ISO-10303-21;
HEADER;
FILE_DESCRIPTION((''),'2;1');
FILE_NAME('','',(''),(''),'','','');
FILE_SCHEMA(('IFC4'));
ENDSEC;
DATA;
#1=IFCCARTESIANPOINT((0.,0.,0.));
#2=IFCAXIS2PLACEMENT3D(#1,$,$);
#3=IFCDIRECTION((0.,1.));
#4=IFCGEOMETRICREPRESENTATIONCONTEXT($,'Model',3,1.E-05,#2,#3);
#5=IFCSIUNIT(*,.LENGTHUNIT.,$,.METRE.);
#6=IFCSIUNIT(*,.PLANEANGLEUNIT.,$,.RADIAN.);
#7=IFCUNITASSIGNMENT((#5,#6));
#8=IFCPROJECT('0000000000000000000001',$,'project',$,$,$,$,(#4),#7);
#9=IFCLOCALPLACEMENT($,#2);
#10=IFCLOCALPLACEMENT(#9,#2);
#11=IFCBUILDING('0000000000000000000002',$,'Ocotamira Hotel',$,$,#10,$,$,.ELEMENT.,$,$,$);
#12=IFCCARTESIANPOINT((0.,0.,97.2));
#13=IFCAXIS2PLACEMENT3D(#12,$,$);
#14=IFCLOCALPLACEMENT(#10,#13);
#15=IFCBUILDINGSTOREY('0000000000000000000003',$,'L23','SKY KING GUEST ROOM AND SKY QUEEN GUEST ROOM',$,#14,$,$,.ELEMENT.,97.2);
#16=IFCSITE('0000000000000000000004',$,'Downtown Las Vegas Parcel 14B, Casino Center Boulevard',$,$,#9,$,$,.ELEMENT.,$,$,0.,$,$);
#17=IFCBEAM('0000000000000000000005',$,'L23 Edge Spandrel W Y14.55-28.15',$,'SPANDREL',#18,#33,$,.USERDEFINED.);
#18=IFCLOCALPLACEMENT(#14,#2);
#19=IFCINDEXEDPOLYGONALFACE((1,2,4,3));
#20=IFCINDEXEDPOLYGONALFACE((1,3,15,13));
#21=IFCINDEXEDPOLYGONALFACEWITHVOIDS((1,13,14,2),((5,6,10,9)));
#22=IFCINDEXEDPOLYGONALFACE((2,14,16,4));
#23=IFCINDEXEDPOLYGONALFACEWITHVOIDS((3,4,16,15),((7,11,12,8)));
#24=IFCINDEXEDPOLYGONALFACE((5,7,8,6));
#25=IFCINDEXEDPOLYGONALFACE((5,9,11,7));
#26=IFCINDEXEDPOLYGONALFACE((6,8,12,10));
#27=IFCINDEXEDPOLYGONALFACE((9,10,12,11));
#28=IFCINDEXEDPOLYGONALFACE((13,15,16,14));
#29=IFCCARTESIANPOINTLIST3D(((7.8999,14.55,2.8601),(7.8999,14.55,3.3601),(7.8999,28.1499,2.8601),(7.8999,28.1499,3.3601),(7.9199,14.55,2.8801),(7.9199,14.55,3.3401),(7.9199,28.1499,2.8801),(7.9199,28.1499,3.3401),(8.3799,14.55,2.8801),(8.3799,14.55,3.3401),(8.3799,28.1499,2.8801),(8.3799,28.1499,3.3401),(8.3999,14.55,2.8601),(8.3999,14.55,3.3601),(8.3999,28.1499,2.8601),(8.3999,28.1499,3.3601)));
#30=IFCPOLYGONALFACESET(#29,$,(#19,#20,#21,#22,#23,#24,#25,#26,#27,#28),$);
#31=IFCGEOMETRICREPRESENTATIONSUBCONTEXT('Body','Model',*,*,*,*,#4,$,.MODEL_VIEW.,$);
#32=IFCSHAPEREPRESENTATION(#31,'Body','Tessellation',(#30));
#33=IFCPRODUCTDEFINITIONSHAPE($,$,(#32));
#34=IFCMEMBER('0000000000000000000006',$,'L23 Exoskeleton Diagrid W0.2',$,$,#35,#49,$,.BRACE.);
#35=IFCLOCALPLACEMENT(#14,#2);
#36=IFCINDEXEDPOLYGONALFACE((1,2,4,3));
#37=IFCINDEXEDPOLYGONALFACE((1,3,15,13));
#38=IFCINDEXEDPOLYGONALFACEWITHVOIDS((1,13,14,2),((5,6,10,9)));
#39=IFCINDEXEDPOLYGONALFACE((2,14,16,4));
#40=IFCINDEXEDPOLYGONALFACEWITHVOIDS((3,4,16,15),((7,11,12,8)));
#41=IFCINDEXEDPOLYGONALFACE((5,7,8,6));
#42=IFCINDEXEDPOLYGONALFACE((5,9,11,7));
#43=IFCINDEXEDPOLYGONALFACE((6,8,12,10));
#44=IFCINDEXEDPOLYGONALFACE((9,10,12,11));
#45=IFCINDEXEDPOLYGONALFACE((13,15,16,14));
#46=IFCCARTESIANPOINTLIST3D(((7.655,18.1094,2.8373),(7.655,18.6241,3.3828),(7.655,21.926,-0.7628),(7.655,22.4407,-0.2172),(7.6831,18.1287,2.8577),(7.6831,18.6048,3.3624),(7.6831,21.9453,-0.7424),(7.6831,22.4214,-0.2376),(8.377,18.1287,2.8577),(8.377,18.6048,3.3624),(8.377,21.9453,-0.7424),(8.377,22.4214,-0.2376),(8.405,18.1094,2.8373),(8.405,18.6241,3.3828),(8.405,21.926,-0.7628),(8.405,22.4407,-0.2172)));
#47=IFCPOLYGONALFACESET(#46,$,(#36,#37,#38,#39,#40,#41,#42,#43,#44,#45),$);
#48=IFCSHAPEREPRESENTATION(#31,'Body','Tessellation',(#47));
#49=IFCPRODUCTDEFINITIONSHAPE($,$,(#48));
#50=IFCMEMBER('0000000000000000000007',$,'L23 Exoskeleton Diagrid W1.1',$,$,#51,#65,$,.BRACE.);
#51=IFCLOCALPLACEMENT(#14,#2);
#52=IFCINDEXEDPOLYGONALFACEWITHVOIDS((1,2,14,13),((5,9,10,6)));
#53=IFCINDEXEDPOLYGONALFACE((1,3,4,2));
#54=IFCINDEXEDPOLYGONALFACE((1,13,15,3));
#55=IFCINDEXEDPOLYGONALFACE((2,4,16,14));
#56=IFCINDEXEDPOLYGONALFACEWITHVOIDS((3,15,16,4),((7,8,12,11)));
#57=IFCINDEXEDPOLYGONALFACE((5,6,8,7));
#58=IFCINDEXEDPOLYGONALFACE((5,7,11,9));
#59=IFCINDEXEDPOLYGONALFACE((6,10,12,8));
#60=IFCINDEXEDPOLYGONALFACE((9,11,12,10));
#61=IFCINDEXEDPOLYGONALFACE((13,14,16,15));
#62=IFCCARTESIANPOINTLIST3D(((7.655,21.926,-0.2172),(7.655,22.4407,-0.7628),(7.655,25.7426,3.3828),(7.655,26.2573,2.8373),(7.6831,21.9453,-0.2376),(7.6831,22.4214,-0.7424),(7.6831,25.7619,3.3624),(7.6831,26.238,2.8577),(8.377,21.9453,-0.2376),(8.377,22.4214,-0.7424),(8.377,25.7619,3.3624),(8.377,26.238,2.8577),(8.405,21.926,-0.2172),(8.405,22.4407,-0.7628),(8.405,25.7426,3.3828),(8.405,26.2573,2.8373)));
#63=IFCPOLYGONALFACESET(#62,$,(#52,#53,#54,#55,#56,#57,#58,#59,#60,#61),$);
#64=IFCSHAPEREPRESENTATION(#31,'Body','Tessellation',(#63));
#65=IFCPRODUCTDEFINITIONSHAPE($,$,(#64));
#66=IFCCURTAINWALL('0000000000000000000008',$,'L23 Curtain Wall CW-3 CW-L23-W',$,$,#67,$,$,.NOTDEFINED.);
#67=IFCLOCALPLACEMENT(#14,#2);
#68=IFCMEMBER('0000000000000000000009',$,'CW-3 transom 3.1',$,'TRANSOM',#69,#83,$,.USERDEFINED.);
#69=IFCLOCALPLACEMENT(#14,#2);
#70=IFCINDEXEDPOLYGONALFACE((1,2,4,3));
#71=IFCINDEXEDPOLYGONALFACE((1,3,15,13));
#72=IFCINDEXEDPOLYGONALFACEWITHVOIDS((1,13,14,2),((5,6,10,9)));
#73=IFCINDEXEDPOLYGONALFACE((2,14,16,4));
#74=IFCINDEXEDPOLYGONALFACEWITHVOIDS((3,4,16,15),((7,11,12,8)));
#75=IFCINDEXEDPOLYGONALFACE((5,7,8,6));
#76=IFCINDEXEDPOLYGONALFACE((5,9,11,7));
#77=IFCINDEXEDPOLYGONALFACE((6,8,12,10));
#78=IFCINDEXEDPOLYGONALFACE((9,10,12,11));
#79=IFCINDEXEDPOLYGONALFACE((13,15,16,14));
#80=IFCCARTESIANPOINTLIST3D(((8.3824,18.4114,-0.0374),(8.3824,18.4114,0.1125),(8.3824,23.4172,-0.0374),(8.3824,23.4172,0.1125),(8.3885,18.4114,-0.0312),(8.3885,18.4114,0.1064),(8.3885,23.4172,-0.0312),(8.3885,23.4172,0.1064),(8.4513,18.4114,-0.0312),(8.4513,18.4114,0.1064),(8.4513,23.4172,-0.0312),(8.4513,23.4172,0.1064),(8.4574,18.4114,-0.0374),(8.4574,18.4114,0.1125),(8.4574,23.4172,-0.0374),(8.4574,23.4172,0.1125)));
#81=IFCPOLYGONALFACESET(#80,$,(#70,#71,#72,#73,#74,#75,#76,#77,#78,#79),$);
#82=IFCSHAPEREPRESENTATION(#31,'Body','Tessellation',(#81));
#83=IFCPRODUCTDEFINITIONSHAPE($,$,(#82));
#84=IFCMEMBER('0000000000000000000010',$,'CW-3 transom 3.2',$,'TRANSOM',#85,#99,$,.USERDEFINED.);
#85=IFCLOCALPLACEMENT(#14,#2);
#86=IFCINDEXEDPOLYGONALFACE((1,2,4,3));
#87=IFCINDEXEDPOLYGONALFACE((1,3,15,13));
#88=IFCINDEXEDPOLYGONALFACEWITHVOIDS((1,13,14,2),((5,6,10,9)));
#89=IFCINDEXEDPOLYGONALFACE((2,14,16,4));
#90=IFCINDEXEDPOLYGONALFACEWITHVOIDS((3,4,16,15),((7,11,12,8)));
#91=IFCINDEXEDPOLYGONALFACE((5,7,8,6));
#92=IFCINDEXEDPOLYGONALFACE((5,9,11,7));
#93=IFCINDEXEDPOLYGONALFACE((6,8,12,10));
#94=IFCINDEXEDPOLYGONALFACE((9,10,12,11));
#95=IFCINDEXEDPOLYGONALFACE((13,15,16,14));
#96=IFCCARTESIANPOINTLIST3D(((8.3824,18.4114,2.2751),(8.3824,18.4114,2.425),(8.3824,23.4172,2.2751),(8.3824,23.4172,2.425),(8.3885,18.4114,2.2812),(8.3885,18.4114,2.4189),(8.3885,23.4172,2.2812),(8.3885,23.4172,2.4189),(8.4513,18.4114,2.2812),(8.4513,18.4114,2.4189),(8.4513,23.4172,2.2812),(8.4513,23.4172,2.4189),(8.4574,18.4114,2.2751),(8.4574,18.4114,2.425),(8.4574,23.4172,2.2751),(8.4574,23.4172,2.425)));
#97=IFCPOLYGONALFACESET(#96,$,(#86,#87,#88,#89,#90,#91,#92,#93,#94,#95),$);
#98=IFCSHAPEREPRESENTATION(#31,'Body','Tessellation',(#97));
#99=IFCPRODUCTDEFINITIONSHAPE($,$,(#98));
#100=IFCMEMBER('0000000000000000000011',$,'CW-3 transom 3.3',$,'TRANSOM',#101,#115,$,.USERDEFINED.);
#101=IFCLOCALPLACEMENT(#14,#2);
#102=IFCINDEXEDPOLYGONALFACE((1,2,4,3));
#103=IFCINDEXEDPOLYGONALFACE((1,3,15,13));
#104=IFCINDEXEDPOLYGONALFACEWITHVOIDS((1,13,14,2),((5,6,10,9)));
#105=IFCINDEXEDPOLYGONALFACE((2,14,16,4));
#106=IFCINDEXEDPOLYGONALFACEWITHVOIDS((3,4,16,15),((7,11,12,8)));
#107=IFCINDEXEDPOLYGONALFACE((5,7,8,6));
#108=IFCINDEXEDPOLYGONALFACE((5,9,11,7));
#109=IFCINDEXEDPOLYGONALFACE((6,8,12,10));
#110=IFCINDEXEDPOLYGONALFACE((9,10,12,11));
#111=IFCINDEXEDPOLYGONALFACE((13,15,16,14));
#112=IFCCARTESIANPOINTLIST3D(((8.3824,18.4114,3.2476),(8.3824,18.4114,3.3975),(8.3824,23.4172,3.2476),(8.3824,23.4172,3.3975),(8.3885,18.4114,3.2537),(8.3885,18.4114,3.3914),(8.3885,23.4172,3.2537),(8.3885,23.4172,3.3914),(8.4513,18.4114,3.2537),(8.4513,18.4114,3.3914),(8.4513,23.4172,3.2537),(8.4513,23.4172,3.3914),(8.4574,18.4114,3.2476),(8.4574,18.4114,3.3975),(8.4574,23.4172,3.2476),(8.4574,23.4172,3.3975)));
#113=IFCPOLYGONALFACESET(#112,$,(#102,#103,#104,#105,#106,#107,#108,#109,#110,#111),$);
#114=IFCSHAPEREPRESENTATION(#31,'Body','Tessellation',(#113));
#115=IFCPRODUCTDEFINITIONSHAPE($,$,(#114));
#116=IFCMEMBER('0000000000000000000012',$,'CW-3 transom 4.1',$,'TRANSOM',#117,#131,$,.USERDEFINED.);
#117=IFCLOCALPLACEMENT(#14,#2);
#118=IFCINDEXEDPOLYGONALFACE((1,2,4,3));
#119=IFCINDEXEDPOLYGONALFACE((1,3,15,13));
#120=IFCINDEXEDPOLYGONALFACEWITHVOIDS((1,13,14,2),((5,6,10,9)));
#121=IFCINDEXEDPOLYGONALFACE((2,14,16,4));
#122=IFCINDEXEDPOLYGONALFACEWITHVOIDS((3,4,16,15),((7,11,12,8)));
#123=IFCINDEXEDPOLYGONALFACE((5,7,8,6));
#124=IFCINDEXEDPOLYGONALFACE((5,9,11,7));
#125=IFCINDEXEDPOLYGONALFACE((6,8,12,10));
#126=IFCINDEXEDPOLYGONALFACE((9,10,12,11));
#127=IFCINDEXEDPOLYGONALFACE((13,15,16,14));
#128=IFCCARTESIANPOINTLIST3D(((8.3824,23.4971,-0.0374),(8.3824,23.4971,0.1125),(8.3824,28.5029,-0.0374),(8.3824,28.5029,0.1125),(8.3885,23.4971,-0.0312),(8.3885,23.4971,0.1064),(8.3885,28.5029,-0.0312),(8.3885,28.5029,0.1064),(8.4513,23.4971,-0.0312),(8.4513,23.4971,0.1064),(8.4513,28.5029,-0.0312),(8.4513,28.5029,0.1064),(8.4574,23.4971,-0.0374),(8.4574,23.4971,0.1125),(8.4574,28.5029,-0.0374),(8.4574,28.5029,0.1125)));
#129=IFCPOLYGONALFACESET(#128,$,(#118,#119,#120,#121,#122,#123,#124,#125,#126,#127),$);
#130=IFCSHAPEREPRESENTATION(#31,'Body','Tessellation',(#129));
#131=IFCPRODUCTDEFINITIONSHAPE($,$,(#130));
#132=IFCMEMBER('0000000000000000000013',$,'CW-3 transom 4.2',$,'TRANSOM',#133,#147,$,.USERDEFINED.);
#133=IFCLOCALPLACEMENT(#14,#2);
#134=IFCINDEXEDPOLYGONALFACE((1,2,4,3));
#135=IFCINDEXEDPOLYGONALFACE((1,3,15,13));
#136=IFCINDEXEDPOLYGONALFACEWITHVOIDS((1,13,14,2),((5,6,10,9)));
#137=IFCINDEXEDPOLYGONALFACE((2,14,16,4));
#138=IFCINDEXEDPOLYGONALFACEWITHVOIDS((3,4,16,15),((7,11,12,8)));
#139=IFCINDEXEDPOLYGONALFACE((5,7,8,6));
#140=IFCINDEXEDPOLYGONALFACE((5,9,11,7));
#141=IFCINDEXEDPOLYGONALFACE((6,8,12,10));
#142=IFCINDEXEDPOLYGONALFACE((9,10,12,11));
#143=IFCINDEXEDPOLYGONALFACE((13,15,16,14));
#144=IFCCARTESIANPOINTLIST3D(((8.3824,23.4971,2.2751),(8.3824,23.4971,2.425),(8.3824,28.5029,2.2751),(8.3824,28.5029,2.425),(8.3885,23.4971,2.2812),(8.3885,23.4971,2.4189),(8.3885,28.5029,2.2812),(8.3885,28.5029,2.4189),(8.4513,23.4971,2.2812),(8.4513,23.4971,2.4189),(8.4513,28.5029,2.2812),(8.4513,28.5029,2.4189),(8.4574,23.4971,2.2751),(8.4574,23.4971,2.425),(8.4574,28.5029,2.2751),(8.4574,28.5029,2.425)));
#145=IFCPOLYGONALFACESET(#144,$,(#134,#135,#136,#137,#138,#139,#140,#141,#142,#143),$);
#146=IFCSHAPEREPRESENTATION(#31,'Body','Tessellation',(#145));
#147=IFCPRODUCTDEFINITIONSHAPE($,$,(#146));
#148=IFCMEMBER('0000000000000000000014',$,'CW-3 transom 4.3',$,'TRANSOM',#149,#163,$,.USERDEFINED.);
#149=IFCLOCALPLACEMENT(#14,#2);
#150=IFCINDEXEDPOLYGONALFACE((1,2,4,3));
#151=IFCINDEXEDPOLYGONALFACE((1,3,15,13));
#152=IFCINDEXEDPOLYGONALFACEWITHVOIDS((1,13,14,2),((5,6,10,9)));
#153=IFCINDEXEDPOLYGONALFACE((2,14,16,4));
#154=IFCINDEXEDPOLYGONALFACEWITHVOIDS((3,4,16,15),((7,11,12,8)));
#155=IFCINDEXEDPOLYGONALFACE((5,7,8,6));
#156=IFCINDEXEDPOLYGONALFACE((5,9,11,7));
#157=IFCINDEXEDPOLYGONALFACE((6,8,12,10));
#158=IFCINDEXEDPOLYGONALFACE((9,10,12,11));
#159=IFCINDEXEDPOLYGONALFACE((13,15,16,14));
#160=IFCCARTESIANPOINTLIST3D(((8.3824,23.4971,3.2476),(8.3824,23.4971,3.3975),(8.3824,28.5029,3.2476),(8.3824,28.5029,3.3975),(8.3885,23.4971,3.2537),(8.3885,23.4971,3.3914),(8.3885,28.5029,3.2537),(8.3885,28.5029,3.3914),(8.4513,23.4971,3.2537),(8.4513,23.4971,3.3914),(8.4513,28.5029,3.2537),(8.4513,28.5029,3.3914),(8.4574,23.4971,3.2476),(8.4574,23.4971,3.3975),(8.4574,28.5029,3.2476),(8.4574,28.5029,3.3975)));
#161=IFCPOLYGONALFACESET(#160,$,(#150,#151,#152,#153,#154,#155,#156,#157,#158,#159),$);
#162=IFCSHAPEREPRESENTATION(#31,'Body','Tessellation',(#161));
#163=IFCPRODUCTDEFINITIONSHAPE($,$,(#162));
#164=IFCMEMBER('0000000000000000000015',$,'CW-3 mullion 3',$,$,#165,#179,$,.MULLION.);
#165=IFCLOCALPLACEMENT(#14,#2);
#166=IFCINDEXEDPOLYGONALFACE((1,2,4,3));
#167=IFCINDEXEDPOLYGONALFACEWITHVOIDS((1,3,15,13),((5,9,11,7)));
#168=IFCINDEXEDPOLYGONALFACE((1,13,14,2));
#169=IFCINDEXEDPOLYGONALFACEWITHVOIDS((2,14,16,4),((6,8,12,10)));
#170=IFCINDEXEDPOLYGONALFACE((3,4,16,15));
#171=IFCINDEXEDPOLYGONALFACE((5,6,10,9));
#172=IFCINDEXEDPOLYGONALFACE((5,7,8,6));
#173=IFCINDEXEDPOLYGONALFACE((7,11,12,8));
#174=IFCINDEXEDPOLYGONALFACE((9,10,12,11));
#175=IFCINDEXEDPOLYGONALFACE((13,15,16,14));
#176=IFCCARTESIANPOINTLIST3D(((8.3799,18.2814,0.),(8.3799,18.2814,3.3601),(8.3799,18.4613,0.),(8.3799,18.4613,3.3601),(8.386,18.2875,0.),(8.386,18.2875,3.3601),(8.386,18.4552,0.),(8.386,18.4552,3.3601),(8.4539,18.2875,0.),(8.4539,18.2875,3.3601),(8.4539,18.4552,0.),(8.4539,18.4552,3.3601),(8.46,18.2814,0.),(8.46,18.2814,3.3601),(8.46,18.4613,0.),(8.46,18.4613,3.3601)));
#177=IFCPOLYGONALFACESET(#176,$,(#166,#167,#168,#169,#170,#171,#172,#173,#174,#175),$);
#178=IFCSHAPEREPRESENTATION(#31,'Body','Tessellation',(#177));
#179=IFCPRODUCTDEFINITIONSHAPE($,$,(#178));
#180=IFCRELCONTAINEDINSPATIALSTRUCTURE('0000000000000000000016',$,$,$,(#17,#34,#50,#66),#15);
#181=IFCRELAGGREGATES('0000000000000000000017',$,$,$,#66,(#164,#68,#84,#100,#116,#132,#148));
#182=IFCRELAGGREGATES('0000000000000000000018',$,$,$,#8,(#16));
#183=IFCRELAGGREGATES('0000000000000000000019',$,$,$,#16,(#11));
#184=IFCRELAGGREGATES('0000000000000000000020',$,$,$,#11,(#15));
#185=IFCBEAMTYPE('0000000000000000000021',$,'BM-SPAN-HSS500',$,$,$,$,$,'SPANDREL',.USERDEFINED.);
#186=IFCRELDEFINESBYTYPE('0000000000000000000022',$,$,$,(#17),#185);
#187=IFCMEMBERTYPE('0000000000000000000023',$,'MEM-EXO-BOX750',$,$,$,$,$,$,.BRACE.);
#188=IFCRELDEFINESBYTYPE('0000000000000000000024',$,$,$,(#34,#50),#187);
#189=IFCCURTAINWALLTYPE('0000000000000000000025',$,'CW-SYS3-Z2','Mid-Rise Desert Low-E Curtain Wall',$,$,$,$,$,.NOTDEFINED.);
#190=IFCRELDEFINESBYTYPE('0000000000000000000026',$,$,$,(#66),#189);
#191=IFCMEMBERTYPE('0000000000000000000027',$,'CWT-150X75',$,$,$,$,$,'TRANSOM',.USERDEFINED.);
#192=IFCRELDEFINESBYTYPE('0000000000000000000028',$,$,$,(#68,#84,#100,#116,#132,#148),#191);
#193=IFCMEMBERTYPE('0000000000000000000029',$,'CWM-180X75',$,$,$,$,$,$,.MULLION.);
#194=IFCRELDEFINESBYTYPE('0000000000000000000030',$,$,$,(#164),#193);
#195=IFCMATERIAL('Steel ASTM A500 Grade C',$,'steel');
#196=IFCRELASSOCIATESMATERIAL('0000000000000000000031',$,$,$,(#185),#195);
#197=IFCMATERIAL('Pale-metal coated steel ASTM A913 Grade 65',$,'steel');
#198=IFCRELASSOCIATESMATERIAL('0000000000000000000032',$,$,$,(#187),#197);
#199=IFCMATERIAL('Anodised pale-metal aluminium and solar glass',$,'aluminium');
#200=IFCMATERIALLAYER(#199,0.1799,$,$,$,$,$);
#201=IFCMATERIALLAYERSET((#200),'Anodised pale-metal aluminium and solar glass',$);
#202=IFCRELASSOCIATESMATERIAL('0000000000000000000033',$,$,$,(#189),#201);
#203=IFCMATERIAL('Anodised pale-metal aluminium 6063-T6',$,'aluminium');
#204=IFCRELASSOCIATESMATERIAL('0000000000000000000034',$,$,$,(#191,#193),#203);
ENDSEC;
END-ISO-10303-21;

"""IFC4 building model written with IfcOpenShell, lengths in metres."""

from ifc_helpers import new_model, si_unit, direction, frame, origin, origin_2d, place, context, subcontext, project, spatial, hollow_rectangle, extrude, source, transform, mapped, material, layer, layer_set, material_profile, profile_set, type_object, element, aggregate, save


model = new_model("IFC4")

# Units and contexts
model_context = context("Model", 3, precision=1e-05, world=origin(), true_north=direction((0.0, 1.0)))
body_context = subcontext(model_context, "Body", "Model", "MODEL_VIEW")
ifc_project = project(units=[si_unit("LENGTHUNIT", "METRE"), si_unit("PLANEANGLEUNIT", "RADIAN")], contexts=[model_context])

# Site, building, storey
site_placement = place(None, origin())
site = spatial("IfcSite", under=ifc_project, at=site_placement, Name="Downtown Las Vegas Parcel 14B, Casino Center Boulevard", CompositionType="ELEMENT", RefElevation=0.0)
building_placement = place(site_placement, origin())
building = spatial("IfcBuilding", under=site, at=building_placement, Name="Ocotamira Hotel", CompositionType="ELEMENT")
storey_placement = place(building_placement, frame((0.0, 0.0, 97.2)))
storey = spatial("IfcBuildingStorey", under=building, at=storey_placement, Name="L23", Description="SKY KING GUEST ROOM AND SKY QUEEN GUEST ROOM", CompositionType="ELEMENT", Elevation=97.2)

# Beam
ifc_material_1 = material(Name="Steel ASTM A500 Grade C", Category="steel")
ifc_material_profile_1 = material_profile(ifc_material_1, hollow_rectangle(XDim=0.5, YDim=0.5, WallThickness=0.02, at=origin_2d()), Name="HSS500X500X20")
ifc_profile_set_1 = profile_set([ifc_material_profile_1], Name="Steel ASTM A500 Grade C")
beam_type_1 = type_object("IfcBeamType", Name="BM-SPAN-HSS500", ElementType="SPANDREL", PredefinedType="USERDEFINED", material=ifc_profile_set_1)
shared_shape_1 = source(origin(), body_context, "Body", "SweptSolid", [
    extrude(hollow_rectangle(XDim=0.5, YDim=0.5, WallThickness=0.02, at=origin_2d()), origin(), (0.0, 0.0, 1.0), 13.5999),
])
beam_1_placement = place(storey_placement, frame((8.1499, 14.55, 3.1101), z_axis=(0.0, 1.0, 0.0), x_axis=(-1.0, 0.0, 0.0)))
element("IfcBeam", 1, at=beam_1_placement, inside=storey, type_object=beam_type_1, Name="L23 Edge Spandrel W Y14.55-28.15", ObjectType="SPANDREL", PredefinedType="USERDEFINED", context=body_context, shape_type="MappedRepresentation", body=[
    mapped(shared_shape_1, transform((0.0, 0.0, 0.0), scale=1.0)),
])

# Members
ifc_material_2 = material(Name="Pale-metal coated steel ASTM A913 Grade 65", Category="steel")
ifc_material_profile_2 = material_profile(ifc_material_2, hollow_rectangle(XDim=0.75, YDim=0.75, WallThickness=0.0281, at=origin_2d()), Name="BOX750X750X28")
ifc_profile_set_2 = profile_set([ifc_material_profile_2], Name="Pale-metal coated steel ASTM A913 Grade 65")
member_type_1 = type_object("IfcMemberType", Name="MEM-EXO-BOX750", PredefinedType="BRACE", material=ifc_profile_set_2)
shared_shape_2 = source(origin(), body_context, "Body", "SweptSolid", [
    extrude(hollow_rectangle(XDim=0.75, YDim=0.75, WallThickness=0.0281, at=origin_2d()), origin(), (0.0, 0.0, 1.0), 5.2466),
])
for number, where, z_axis, x_axis, name in (
    (2, (8.03, 22.1833, -0.49), (0.0, -0.727443, 0.686168), (1.0, 0.0, 0.0), "L23 Exoskeleton Diagrid W0.2"),
    (3, (8.03, 22.1833, -0.49), (0.0, 0.727443, 0.686168), (-1.0, 0.0, 0.0), "L23 Exoskeleton Diagrid W1.1"),
):
    element("IfcMember", number, at=place(storey_placement, frame(where, z_axis=z_axis, x_axis=x_axis)), inside=storey, type_object=member_type_1, Name=name, PredefinedType="BRACE", context=body_context, shape_type="MappedRepresentation", body=[
        mapped(shared_shape_2, transform((0.0, 0.0, 0.0), scale=1.0)),
    ])

# Curtain wall, members
ifc_material_3 = material(Name="Anodised pale-metal aluminium and solar glass", Category="aluminium")
ifc_layer_1 = layer(ifc_material_3, 0.1799)
ifc_layer_set_1 = layer_set([ifc_layer_1], Name="Anodised pale-metal aluminium and solar glass")
curtain_wall_type = type_object("IfcCurtainWallType", Name="CW-SYS3-Z2", Description="Mid-Rise Desert Low-E Curtain Wall", PredefinedType="NOTDEFINED", material=ifc_layer_set_1)
curtain_wall_placement = place(storey_placement, origin())
curtain_wall = element("IfcCurtainWall", 4, at=curtain_wall_placement, inside=storey, type_object=curtain_wall_type, Name="L23 Curtain Wall CW-3 CW-L23-W", PredefinedType="NOTDEFINED")
ifc_material_4 = material(Name="Anodised pale-metal aluminium 6063-T6", Category="aluminium")
ifc_material_profile_3 = material_profile(ifc_material_4, hollow_rectangle(XDim=0.075, YDim=0.1499, WallThickness=0.0061, at=origin_2d()), Name="HSS150X75X6")
ifc_profile_set_3 = profile_set([ifc_material_profile_3], Name="Anodised pale-metal aluminium 6063-T6")
member_type_2 = type_object("IfcMemberType", Name="CWT-150X75", ElementType="TRANSOM", PredefinedType="USERDEFINED", material=ifc_profile_set_3)
shared_shape_3 = source(origin(), body_context, "Body", "SweptSolid", [
    extrude(hollow_rectangle(XDim=0.075, YDim=0.1499, WallThickness=0.0061, at=origin_2d()), origin(), (0.0, 0.0, 1.0), 5.0059),
])
member_1_placement = place(storey_placement, frame((8.4199, 18.4114, 0.0376), z_axis=(0.0, 1.0, 0.0), x_axis=(-1.0, 0.0, 0.0)))
member_1 = element("IfcMember", 5, at=member_1_placement, type_object=member_type_2, Name="CW-3 transom 3.1", ObjectType="TRANSOM", PredefinedType="USERDEFINED", context=body_context, shape_type="MappedRepresentation", body=[
    mapped(shared_shape_3, transform((0.0, 0.0, 0.0), scale=1.0)),
])
member_2_placement = place(storey_placement, frame((8.4199, 18.4114, 2.3501), z_axis=(0.0, 1.0, 0.0), x_axis=(-1.0, 0.0, 0.0)))
member_2 = element("IfcMember", 6, at=member_2_placement, type_object=member_type_2, Name="CW-3 transom 3.2", ObjectType="TRANSOM", PredefinedType="USERDEFINED", context=body_context, shape_type="MappedRepresentation", body=[
    mapped(shared_shape_3, transform((0.0, 0.0, 0.0), scale=1.0)),
])
member_3_placement = place(storey_placement, frame((8.4199, 18.4114, 3.3225), z_axis=(0.0, 1.0, 0.0), x_axis=(-1.0, 0.0, 0.0)))
member_3 = element("IfcMember", 7, at=member_3_placement, type_object=member_type_2, Name="CW-3 transom 3.3", ObjectType="TRANSOM", PredefinedType="USERDEFINED", context=body_context, shape_type="MappedRepresentation", body=[
    mapped(shared_shape_3, transform((0.0, 0.0, 0.0), scale=1.0)),
])
member_4_placement = place(storey_placement, frame((8.4199, 23.4971, 0.0376), z_axis=(0.0, 1.0, 0.0), x_axis=(-1.0, 0.0, 0.0)))
member_4 = element("IfcMember", 8, at=member_4_placement, type_object=member_type_2, Name="CW-3 transom 4.1", ObjectType="TRANSOM", PredefinedType="USERDEFINED", context=body_context, shape_type="MappedRepresentation", body=[
    mapped(shared_shape_3, transform((0.0, 0.0, 0.0), scale=1.0)),
])
member_5_placement = place(storey_placement, frame((8.4199, 23.4971, 2.3501), z_axis=(0.0, 1.0, 0.0), x_axis=(-1.0, 0.0, 0.0)))
member_5 = element("IfcMember", 9, at=member_5_placement, type_object=member_type_2, Name="CW-3 transom 4.2", ObjectType="TRANSOM", PredefinedType="USERDEFINED", context=body_context, shape_type="MappedRepresentation", body=[
    mapped(shared_shape_3, transform((0.0, 0.0, 0.0), scale=1.0)),
])
member_6_placement = place(storey_placement, frame((8.4199, 23.4971, 3.3225), z_axis=(0.0, 1.0, 0.0), x_axis=(-1.0, 0.0, 0.0)))
member_6 = element("IfcMember", 10, at=member_6_placement, type_object=member_type_2, Name="CW-3 transom 4.3", ObjectType="TRANSOM", PredefinedType="USERDEFINED", context=body_context, shape_type="MappedRepresentation", body=[
    mapped(shared_shape_3, transform((0.0, 0.0, 0.0), scale=1.0)),
])
ifc_material_profile_4 = material_profile(ifc_material_4, hollow_rectangle(XDim=0.0801, YDim=0.1799, WallThickness=0.0061, at=origin_2d()), Name="HSS180X80X6")
ifc_profile_set_4 = profile_set([ifc_material_profile_4], Name="Anodised pale-metal aluminium 6063-T6")
member_type_3 = type_object("IfcMemberType", Name="CWM-180X75", PredefinedType="MULLION", material=ifc_profile_set_4)
shared_shape_4 = source(origin(), body_context, "Body", "SweptSolid", [
    extrude(hollow_rectangle(XDim=0.0801, YDim=0.1799, WallThickness=0.0061, at=origin_2d()), origin(), (0.0, 0.0, 1.0), 3.3601),
])
member_7_placement = place(storey_placement, frame((8.4199, 18.3713, 0.0), z_axis=(0.0, 0.0, 1.0), x_axis=(-1.0, 0.0, 0.0)))
member_7 = element("IfcMember", 11, at=member_7_placement, type_object=member_type_3, Name="CW-3 mullion 3", PredefinedType="MULLION", context=body_context, shape_type="MappedRepresentation", body=[
    mapped(shared_shape_4, transform((0.0, 0.0, 0.0), scale=1.0)),
])

aggregate(curtain_wall, [member_7, member_1, member_2, member_3, member_4, member_5, member_6])

save(model, "model.ifc")
